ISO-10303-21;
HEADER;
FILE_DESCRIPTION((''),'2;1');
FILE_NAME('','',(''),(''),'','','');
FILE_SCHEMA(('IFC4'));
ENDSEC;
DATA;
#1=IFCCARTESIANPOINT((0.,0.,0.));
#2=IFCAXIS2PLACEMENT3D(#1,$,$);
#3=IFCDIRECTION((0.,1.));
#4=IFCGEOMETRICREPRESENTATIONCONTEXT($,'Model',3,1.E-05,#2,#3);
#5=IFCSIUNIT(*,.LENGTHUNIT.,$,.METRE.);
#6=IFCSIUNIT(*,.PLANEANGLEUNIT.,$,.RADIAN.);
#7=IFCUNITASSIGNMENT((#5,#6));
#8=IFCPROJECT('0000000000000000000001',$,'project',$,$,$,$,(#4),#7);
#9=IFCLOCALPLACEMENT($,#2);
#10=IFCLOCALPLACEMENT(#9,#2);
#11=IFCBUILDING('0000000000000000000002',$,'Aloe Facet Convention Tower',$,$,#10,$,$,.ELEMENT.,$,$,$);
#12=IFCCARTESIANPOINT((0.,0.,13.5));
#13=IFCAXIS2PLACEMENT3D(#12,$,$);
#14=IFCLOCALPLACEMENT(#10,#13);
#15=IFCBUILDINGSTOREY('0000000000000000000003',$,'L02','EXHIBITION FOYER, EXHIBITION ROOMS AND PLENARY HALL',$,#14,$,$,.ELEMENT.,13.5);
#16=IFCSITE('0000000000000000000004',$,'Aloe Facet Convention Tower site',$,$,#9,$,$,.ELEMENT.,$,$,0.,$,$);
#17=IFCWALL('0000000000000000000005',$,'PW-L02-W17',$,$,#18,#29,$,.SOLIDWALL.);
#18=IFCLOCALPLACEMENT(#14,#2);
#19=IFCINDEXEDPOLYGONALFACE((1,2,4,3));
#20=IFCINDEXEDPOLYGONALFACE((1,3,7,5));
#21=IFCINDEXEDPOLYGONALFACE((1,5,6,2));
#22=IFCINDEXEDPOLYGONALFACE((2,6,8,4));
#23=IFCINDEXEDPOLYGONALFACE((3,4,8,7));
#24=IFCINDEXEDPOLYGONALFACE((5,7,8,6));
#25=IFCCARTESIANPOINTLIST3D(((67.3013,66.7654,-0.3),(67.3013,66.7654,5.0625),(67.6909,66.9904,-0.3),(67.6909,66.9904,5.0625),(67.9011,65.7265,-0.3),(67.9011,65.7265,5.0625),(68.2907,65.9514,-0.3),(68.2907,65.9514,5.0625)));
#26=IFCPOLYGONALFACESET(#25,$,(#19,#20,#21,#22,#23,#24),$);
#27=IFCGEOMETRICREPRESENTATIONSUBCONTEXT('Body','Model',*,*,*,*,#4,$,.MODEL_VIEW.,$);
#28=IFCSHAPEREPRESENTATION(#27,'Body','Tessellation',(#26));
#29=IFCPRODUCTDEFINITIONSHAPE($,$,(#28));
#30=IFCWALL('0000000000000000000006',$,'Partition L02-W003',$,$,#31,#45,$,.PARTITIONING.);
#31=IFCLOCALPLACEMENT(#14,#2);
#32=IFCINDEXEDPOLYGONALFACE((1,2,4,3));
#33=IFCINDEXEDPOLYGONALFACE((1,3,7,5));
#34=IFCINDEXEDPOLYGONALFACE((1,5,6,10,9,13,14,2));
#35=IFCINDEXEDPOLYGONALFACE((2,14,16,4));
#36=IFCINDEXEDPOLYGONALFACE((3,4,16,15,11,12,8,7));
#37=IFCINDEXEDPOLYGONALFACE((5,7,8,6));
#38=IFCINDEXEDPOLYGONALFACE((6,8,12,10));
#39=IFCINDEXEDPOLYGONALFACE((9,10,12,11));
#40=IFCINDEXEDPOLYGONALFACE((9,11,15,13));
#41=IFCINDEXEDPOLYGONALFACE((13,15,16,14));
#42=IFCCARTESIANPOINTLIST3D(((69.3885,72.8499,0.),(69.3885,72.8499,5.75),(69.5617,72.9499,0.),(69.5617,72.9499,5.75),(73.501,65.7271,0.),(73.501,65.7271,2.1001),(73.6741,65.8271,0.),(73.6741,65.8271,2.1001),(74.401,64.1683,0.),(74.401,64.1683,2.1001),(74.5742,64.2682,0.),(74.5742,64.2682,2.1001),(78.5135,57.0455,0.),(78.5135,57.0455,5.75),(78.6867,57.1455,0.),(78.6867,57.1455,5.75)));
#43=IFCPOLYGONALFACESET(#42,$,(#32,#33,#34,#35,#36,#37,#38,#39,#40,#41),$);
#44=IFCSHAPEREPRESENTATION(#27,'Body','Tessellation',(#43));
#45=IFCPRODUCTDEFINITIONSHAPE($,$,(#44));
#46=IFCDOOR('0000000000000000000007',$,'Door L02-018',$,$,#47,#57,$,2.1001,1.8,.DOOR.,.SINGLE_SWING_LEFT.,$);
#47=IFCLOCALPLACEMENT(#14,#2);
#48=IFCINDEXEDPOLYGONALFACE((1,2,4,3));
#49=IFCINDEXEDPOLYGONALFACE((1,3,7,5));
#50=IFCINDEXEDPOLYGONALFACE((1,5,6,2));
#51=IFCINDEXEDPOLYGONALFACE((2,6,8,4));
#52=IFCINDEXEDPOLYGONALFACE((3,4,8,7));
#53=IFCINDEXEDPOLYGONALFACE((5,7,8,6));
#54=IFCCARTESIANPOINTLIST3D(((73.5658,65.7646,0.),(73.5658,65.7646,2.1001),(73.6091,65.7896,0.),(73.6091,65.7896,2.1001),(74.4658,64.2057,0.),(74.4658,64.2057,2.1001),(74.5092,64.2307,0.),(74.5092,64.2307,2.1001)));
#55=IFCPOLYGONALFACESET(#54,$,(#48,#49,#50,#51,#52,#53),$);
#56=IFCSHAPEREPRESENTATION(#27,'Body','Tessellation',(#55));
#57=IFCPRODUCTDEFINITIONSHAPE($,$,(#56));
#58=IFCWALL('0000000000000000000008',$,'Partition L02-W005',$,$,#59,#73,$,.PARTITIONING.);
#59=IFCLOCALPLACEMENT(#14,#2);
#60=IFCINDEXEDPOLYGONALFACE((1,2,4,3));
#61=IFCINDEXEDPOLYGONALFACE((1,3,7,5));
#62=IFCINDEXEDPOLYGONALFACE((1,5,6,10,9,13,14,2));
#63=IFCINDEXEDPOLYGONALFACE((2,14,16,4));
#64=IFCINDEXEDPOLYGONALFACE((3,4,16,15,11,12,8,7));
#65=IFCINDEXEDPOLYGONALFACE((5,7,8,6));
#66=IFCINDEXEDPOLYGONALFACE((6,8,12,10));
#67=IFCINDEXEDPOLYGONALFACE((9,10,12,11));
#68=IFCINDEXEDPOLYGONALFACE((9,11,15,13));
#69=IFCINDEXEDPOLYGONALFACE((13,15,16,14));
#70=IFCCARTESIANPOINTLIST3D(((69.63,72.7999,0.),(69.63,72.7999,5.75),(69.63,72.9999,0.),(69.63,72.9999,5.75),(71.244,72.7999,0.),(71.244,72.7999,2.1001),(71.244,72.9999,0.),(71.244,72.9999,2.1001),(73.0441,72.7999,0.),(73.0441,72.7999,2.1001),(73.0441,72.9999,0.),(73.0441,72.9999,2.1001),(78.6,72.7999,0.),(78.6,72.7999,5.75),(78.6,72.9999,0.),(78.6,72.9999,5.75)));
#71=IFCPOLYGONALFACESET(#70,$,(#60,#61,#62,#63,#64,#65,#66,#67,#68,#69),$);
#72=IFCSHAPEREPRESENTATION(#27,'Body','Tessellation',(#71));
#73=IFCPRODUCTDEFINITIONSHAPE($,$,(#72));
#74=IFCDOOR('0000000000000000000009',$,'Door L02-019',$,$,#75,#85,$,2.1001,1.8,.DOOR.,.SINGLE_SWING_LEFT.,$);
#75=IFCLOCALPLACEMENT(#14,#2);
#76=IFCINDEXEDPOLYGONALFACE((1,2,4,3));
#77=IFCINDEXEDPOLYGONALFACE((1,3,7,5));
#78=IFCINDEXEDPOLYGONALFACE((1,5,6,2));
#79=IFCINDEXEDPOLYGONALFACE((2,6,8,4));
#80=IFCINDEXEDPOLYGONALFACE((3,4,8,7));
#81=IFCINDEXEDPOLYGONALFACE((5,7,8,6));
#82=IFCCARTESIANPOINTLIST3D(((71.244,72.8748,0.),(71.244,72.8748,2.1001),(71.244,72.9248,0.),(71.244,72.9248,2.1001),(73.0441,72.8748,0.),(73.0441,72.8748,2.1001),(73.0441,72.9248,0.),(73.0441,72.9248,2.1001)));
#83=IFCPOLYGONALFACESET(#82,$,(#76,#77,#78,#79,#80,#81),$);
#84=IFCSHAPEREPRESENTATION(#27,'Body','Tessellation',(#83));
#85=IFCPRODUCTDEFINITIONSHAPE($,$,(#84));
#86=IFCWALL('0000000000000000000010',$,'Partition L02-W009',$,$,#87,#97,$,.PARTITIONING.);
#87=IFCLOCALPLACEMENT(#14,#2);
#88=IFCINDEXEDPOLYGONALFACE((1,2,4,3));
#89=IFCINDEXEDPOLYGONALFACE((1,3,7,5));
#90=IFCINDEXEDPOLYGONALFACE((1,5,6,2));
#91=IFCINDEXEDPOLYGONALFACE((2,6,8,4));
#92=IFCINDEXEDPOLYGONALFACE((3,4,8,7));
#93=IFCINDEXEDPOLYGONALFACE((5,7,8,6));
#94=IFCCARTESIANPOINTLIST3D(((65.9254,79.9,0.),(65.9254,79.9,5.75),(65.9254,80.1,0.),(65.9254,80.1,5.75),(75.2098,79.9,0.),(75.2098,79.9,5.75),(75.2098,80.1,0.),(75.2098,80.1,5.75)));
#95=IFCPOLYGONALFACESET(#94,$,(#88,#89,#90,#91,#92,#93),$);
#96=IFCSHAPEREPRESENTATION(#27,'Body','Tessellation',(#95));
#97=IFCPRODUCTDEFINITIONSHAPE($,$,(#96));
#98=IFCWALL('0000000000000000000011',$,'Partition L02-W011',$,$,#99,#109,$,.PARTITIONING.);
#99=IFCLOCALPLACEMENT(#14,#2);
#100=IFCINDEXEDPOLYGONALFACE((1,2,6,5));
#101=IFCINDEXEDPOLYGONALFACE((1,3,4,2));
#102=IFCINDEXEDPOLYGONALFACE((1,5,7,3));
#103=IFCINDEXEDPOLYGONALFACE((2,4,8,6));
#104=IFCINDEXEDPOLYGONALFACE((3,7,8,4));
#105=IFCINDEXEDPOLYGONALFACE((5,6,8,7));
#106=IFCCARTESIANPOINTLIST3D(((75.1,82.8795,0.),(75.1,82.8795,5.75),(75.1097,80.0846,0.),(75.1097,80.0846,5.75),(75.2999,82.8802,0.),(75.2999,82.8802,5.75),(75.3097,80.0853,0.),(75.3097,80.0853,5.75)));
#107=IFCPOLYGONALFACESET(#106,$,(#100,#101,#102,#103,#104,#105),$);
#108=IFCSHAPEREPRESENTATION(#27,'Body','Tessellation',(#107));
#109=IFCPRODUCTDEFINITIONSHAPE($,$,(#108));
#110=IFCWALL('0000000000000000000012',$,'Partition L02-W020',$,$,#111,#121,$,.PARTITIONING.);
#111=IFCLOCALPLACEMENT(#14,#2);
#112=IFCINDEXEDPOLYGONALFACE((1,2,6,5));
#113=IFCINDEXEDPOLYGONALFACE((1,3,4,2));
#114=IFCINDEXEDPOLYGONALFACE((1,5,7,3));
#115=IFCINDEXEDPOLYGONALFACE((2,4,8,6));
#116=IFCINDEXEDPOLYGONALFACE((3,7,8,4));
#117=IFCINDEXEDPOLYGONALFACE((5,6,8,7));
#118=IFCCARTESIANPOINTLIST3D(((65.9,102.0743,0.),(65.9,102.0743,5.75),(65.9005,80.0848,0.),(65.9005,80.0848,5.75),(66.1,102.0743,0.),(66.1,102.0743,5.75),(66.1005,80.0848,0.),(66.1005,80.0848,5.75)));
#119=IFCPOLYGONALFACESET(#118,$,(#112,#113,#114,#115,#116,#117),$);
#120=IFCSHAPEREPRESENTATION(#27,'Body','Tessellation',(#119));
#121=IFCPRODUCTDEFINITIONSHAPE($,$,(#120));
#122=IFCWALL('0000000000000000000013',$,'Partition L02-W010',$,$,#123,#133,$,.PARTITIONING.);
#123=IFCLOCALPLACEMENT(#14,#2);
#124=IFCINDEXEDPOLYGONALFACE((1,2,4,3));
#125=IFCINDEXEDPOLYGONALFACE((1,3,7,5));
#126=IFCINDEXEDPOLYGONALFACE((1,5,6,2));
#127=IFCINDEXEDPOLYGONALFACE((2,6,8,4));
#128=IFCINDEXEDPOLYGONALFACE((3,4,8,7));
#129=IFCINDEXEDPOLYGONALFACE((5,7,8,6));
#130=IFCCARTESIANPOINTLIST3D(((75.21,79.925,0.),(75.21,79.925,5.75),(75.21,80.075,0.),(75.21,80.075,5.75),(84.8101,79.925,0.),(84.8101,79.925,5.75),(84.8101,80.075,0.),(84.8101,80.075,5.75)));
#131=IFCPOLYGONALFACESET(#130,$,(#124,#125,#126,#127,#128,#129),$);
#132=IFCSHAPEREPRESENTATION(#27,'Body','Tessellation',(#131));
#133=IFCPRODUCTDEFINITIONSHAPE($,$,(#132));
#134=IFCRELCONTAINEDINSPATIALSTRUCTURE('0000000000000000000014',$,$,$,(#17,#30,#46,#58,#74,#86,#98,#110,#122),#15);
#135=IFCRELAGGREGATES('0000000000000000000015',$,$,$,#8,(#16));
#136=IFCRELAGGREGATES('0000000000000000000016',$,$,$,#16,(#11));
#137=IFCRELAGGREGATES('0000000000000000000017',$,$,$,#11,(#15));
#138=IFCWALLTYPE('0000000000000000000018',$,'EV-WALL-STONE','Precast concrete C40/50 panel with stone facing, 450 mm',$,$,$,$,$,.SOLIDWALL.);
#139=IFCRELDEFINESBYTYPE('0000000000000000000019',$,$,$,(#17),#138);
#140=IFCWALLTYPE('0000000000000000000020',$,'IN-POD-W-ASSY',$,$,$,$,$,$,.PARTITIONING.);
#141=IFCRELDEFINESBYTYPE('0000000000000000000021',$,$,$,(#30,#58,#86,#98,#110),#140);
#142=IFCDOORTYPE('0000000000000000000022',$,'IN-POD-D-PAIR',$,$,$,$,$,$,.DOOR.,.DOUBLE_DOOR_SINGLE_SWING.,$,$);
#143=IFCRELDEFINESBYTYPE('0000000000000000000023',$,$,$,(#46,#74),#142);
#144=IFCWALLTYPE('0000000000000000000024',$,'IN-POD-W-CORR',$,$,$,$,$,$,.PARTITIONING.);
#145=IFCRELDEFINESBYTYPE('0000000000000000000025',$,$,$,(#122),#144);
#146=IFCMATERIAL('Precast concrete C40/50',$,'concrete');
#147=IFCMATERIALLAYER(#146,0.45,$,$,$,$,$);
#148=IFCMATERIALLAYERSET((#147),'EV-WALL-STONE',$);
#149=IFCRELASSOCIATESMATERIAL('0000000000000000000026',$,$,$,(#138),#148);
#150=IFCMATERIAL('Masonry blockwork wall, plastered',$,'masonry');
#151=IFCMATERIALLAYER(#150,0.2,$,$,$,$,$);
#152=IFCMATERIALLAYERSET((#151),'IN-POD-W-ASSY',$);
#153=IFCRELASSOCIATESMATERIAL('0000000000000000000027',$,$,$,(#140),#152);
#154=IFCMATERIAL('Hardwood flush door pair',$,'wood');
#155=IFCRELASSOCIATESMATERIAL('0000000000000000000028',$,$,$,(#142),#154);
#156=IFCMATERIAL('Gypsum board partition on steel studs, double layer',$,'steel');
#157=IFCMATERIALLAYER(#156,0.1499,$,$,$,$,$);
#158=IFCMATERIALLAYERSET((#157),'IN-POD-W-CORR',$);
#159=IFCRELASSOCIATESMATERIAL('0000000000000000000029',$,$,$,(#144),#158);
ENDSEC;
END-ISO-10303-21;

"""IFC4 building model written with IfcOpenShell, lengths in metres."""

from ifc_helpers import new_model, si_unit, direction, frame, frame_2d, origin, place, context, subcontext, project, spatial, rectangle, extrude, material, layer, layer_set, type_object, element, fill, save


model = new_model("IFC4")

# Units and contexts
model_context = context("Model", 3, precision=1e-05, world=origin(), true_north=direction((0.0, 1.0)))
body_context = subcontext(model_context, "Body", "Model", "MODEL_VIEW")
ifc_project = project(units=[si_unit("LENGTHUNIT", "METRE"), si_unit("PLANEANGLEUNIT", "RADIAN")], contexts=[model_context])

# Site, building, storey
site_placement = place(None, origin())
site = spatial("IfcSite", under=ifc_project, at=site_placement, Name="Aloe Facet Convention Tower site", CompositionType="ELEMENT", RefElevation=0.0)
building_placement = place(site_placement, origin())
building = spatial("IfcBuilding", under=site, at=building_placement, Name="Aloe Facet Convention Tower", CompositionType="ELEMENT")
storey_placement = place(building_placement, frame((0.0, 0.0, 13.5)))
storey = spatial("IfcBuildingStorey", under=building, at=storey_placement, Name="L02", Description="EXHIBITION FOYER, EXHIBITION ROOMS AND PLENARY HALL", CompositionType="ELEMENT", Elevation=13.5)

# Shared definitions
ifc_material_1 = material(Name="Precast concrete C40/50", Category="concrete")
ifc_layer_1 = layer(ifc_material_1, 0.45)
ifc_layer_set_1 = layer_set([ifc_layer_1], Name="EV-WALL-STONE")
wall_type_1 = type_object("IfcWallType", Name="EV-WALL-STONE", Description="Precast concrete C40/50 panel with stone facing, 450 mm", PredefinedType="SOLIDWALL", material=ifc_layer_set_1)

# Wall
wall_1_placement = place(storey_placement, frame((67.4961, 66.8779, -0.3), z_axis=(0.0, 0.0, 1.0), x_axis=(0.499969, -0.866043, 0.0)))
element("IfcWall", 1, at=wall_1_placement, inside=storey, type_object=wall_type_1, Name="PW-L02-W17", PredefinedType="SOLIDWALL", context=body_context, shape_type="SweptSolid", body=[
    extrude(rectangle(XDim=1.1997, YDim=0.45, at=frame_2d((0.5999, 0.0))), origin(), (0.0, 0.0, 1.0), 5.3625),
])

# Walls, openings, doors
ifc_material_2 = material(Name="Masonry blockwork wall, plastered", Category="masonry")
ifc_layer_2 = layer(ifc_material_2, 0.2)
ifc_layer_set_2 = layer_set([ifc_layer_2], Name="IN-POD-W-ASSY")
wall_type_2 = type_object("IfcWallType", Name="IN-POD-W-ASSY", PredefinedType="PARTITIONING", material=ifc_layer_set_2)
wall_2_placement = place(storey_placement, frame((69.4751, 72.8999, 0.0), z_axis=(0.0, 0.0, 1.0), x_axis=(0.500012, -0.866018, 0.0)))
wall_2 = element("IfcWall", 2, at=wall_2_placement, inside=storey, type_object=wall_type_2, Name="Partition L02-W003", PredefinedType="PARTITIONING", context=body_context, shape_type="SweptSolid", body=[
    extrude(rectangle(XDim=18.2495, YDim=0.2, at=frame_2d((9.1248, 0.0))), origin(), (0.0, 0.0, 1.0), 5.75),
])
opening_1_placement = place(wall_2_placement, frame((8.2249, 0.0, 0.0)))
opening_1 = element("IfcOpeningElement", 3, at=opening_1_placement, cuts=wall_2, PredefinedType="OPENING", context=body_context, shape_type="SweptSolid", body=[
    extrude(rectangle(XDim=1.8, YDim=2.1001, at=frame_2d((0.8999, 1.05))), frame((0.0, 0.1099, 0.0), z_axis=(0.0, -1.0, 0.0), x_axis=(1.0, 0.0, 0.0)), (0.0, 0.0, 1.0), 0.22),
])
ifc_material_3 = material(Name="Hardwood flush door pair", Category="wood")
door_type_1 = type_object("IfcDoorType", Name="IN-POD-D-PAIR", OperationType="DOUBLE_DOOR_SINGLE_SWING", PredefinedType="DOOR", material=ifc_material_3)
door_1_placement = place(opening_1_placement, origin())
door_1 = element("IfcDoor", 4, at=door_1_placement, inside=storey, type_object=door_type_1, Name="Door L02-018", OperationType="SINGLE_SWING_LEFT", OverallHeight=2.1001, OverallWidth=1.8, PredefinedType="DOOR", context=body_context, shape_type="SweptSolid", body=[
    extrude(rectangle(XDim=1.8, YDim=2.1001, at=frame_2d((0.8999, 1.05))), frame((0.0, 0.0249, 0.0), z_axis=(0.0, -1.0, 0.0), x_axis=(1.0, 0.0, 0.0)), (0.0, 0.0, 1.0), 0.05),
])
fill(opening_1, door_1)
wall_3_placement = place(storey_placement, frame((69.6301, 72.8999, 0.0), z_axis=(0.0, 0.0, 1.0), x_axis=(1.0, 0.0, 0.0)))
wall_3 = element("IfcWall", 5, at=wall_3_placement, inside=storey, type_object=wall_type_2, Name="Partition L02-W005", PredefinedType="PARTITIONING", context=body_context, shape_type="SweptSolid", body=[
    extrude(rectangle(XDim=8.97, YDim=0.2, at=frame_2d((4.4849, 0.0))), origin(), (0.0, 0.0, 1.0), 5.75),
])
opening_2_placement = place(wall_3_placement, frame((1.614, 0.0, 0.0)))
opening_2 = element("IfcOpeningElement", 6, at=opening_2_placement, cuts=wall_3, PredefinedType="OPENING", context=body_context, shape_type="SweptSolid", body=[
    extrude(rectangle(XDim=1.8, YDim=2.1001, at=frame_2d((0.8999, 1.05))), frame((0.0, 0.1099, 0.0), z_axis=(0.0, -1.0, 0.0), x_axis=(1.0, 0.0, 0.0)), (0.0, 0.0, 1.0), 0.22),
])
door_2_placement = place(opening_2_placement, origin())
door_2 = element("IfcDoor", 7, at=door_2_placement, inside=storey, type_object=door_type_1, Name="Door L02-019", OperationType="SINGLE_SWING_LEFT", OverallHeight=2.1001, OverallWidth=1.8, PredefinedType="DOOR", context=body_context, shape_type="SweptSolid", body=[
    extrude(rectangle(XDim=1.8, YDim=2.1001, at=frame_2d((0.8999, 1.05))), frame((0.0, 0.0249, 0.0), z_axis=(0.0, -1.0, 0.0), x_axis=(1.0, 0.0, 0.0)), (0.0, 0.0, 1.0), 0.05),
])
fill(opening_2, door_2)

# Walls
wall_4_placement = place(storey_placement, frame((65.9255, 80.0, 0.0), z_axis=(0.0, 0.0, 1.0), x_axis=(1.0, 0.0, 0.0)))
element("IfcWall", 8, at=wall_4_placement, inside=storey, type_object=wall_type_2, Name="Partition L02-W009", PredefinedType="PARTITIONING", context=body_context, shape_type="SweptSolid", body=[
    extrude(rectangle(XDim=9.2844, YDim=0.2, at=frame_2d((4.6421, 0.0))), origin(), (0.0, 0.0, 1.0), 5.75),
])
wall_5_placement = place(storey_placement, frame((75.2097, 80.085, 0.0), z_axis=(0.0, 0.0, 1.0), x_axis=(-0.003494, 0.999994, 0.0)))
element("IfcWall", 9, at=wall_5_placement, inside=storey, type_object=wall_type_2, Name="Partition L02-W011", PredefinedType="PARTITIONING", context=body_context, shape_type="SweptSolid", body=[
    extrude(rectangle(XDim=2.7949, YDim=0.2, at=frame_2d((1.3975, 0.0))), origin(), (0.0, 0.0, 1.0), 5.75),
])
wall_6_placement = place(storey_placement, frame((66.0005, 80.085, 0.0), z_axis=(0.0, 0.0, 1.0), x_axis=(-0.000022, 1.0, 0.0)))
element("IfcWall", 10, at=wall_6_placement, inside=storey, type_object=wall_type_2, Name="Partition L02-W020", PredefinedType="PARTITIONING", context=body_context, shape_type="SweptSolid", body=[
    extrude(rectangle(XDim=21.9895, YDim=0.2, at=frame_2d((10.9946, 0.0))), origin(), (0.0, 0.0, 1.0), 5.75),
])
ifc_material_4 = material(Name="Gypsum board partition on steel studs, double layer", Category="steel")
ifc_layer_3 = layer(ifc_material_4, 0.1499)
ifc_layer_set_3 = layer_set([ifc_layer_3], Name="IN-POD-W-CORR")
wall_type_3 = type_object("IfcWallType", Name="IN-POD-W-CORR", PredefinedType="PARTITIONING", material=ifc_layer_set_3)
wall_7_placement = place(storey_placement, frame((75.21, 80.0, 0.0), z_axis=(0.0, 0.0, 1.0), x_axis=(1.0, 0.0, 0.0)))
element("IfcWall", 11, at=wall_7_placement, inside=storey, type_object=wall_type_3, Name="Partition L02-W010", PredefinedType="PARTITIONING", context=body_context, shape_type="SweptSolid", body=[
    extrude(rectangle(XDim=9.6001, YDim=0.1499, at=frame_2d((4.8, 0.0))), origin(), (0.0, 0.0, 1.0), 5.75),
])

save(model, "model.ifc")
